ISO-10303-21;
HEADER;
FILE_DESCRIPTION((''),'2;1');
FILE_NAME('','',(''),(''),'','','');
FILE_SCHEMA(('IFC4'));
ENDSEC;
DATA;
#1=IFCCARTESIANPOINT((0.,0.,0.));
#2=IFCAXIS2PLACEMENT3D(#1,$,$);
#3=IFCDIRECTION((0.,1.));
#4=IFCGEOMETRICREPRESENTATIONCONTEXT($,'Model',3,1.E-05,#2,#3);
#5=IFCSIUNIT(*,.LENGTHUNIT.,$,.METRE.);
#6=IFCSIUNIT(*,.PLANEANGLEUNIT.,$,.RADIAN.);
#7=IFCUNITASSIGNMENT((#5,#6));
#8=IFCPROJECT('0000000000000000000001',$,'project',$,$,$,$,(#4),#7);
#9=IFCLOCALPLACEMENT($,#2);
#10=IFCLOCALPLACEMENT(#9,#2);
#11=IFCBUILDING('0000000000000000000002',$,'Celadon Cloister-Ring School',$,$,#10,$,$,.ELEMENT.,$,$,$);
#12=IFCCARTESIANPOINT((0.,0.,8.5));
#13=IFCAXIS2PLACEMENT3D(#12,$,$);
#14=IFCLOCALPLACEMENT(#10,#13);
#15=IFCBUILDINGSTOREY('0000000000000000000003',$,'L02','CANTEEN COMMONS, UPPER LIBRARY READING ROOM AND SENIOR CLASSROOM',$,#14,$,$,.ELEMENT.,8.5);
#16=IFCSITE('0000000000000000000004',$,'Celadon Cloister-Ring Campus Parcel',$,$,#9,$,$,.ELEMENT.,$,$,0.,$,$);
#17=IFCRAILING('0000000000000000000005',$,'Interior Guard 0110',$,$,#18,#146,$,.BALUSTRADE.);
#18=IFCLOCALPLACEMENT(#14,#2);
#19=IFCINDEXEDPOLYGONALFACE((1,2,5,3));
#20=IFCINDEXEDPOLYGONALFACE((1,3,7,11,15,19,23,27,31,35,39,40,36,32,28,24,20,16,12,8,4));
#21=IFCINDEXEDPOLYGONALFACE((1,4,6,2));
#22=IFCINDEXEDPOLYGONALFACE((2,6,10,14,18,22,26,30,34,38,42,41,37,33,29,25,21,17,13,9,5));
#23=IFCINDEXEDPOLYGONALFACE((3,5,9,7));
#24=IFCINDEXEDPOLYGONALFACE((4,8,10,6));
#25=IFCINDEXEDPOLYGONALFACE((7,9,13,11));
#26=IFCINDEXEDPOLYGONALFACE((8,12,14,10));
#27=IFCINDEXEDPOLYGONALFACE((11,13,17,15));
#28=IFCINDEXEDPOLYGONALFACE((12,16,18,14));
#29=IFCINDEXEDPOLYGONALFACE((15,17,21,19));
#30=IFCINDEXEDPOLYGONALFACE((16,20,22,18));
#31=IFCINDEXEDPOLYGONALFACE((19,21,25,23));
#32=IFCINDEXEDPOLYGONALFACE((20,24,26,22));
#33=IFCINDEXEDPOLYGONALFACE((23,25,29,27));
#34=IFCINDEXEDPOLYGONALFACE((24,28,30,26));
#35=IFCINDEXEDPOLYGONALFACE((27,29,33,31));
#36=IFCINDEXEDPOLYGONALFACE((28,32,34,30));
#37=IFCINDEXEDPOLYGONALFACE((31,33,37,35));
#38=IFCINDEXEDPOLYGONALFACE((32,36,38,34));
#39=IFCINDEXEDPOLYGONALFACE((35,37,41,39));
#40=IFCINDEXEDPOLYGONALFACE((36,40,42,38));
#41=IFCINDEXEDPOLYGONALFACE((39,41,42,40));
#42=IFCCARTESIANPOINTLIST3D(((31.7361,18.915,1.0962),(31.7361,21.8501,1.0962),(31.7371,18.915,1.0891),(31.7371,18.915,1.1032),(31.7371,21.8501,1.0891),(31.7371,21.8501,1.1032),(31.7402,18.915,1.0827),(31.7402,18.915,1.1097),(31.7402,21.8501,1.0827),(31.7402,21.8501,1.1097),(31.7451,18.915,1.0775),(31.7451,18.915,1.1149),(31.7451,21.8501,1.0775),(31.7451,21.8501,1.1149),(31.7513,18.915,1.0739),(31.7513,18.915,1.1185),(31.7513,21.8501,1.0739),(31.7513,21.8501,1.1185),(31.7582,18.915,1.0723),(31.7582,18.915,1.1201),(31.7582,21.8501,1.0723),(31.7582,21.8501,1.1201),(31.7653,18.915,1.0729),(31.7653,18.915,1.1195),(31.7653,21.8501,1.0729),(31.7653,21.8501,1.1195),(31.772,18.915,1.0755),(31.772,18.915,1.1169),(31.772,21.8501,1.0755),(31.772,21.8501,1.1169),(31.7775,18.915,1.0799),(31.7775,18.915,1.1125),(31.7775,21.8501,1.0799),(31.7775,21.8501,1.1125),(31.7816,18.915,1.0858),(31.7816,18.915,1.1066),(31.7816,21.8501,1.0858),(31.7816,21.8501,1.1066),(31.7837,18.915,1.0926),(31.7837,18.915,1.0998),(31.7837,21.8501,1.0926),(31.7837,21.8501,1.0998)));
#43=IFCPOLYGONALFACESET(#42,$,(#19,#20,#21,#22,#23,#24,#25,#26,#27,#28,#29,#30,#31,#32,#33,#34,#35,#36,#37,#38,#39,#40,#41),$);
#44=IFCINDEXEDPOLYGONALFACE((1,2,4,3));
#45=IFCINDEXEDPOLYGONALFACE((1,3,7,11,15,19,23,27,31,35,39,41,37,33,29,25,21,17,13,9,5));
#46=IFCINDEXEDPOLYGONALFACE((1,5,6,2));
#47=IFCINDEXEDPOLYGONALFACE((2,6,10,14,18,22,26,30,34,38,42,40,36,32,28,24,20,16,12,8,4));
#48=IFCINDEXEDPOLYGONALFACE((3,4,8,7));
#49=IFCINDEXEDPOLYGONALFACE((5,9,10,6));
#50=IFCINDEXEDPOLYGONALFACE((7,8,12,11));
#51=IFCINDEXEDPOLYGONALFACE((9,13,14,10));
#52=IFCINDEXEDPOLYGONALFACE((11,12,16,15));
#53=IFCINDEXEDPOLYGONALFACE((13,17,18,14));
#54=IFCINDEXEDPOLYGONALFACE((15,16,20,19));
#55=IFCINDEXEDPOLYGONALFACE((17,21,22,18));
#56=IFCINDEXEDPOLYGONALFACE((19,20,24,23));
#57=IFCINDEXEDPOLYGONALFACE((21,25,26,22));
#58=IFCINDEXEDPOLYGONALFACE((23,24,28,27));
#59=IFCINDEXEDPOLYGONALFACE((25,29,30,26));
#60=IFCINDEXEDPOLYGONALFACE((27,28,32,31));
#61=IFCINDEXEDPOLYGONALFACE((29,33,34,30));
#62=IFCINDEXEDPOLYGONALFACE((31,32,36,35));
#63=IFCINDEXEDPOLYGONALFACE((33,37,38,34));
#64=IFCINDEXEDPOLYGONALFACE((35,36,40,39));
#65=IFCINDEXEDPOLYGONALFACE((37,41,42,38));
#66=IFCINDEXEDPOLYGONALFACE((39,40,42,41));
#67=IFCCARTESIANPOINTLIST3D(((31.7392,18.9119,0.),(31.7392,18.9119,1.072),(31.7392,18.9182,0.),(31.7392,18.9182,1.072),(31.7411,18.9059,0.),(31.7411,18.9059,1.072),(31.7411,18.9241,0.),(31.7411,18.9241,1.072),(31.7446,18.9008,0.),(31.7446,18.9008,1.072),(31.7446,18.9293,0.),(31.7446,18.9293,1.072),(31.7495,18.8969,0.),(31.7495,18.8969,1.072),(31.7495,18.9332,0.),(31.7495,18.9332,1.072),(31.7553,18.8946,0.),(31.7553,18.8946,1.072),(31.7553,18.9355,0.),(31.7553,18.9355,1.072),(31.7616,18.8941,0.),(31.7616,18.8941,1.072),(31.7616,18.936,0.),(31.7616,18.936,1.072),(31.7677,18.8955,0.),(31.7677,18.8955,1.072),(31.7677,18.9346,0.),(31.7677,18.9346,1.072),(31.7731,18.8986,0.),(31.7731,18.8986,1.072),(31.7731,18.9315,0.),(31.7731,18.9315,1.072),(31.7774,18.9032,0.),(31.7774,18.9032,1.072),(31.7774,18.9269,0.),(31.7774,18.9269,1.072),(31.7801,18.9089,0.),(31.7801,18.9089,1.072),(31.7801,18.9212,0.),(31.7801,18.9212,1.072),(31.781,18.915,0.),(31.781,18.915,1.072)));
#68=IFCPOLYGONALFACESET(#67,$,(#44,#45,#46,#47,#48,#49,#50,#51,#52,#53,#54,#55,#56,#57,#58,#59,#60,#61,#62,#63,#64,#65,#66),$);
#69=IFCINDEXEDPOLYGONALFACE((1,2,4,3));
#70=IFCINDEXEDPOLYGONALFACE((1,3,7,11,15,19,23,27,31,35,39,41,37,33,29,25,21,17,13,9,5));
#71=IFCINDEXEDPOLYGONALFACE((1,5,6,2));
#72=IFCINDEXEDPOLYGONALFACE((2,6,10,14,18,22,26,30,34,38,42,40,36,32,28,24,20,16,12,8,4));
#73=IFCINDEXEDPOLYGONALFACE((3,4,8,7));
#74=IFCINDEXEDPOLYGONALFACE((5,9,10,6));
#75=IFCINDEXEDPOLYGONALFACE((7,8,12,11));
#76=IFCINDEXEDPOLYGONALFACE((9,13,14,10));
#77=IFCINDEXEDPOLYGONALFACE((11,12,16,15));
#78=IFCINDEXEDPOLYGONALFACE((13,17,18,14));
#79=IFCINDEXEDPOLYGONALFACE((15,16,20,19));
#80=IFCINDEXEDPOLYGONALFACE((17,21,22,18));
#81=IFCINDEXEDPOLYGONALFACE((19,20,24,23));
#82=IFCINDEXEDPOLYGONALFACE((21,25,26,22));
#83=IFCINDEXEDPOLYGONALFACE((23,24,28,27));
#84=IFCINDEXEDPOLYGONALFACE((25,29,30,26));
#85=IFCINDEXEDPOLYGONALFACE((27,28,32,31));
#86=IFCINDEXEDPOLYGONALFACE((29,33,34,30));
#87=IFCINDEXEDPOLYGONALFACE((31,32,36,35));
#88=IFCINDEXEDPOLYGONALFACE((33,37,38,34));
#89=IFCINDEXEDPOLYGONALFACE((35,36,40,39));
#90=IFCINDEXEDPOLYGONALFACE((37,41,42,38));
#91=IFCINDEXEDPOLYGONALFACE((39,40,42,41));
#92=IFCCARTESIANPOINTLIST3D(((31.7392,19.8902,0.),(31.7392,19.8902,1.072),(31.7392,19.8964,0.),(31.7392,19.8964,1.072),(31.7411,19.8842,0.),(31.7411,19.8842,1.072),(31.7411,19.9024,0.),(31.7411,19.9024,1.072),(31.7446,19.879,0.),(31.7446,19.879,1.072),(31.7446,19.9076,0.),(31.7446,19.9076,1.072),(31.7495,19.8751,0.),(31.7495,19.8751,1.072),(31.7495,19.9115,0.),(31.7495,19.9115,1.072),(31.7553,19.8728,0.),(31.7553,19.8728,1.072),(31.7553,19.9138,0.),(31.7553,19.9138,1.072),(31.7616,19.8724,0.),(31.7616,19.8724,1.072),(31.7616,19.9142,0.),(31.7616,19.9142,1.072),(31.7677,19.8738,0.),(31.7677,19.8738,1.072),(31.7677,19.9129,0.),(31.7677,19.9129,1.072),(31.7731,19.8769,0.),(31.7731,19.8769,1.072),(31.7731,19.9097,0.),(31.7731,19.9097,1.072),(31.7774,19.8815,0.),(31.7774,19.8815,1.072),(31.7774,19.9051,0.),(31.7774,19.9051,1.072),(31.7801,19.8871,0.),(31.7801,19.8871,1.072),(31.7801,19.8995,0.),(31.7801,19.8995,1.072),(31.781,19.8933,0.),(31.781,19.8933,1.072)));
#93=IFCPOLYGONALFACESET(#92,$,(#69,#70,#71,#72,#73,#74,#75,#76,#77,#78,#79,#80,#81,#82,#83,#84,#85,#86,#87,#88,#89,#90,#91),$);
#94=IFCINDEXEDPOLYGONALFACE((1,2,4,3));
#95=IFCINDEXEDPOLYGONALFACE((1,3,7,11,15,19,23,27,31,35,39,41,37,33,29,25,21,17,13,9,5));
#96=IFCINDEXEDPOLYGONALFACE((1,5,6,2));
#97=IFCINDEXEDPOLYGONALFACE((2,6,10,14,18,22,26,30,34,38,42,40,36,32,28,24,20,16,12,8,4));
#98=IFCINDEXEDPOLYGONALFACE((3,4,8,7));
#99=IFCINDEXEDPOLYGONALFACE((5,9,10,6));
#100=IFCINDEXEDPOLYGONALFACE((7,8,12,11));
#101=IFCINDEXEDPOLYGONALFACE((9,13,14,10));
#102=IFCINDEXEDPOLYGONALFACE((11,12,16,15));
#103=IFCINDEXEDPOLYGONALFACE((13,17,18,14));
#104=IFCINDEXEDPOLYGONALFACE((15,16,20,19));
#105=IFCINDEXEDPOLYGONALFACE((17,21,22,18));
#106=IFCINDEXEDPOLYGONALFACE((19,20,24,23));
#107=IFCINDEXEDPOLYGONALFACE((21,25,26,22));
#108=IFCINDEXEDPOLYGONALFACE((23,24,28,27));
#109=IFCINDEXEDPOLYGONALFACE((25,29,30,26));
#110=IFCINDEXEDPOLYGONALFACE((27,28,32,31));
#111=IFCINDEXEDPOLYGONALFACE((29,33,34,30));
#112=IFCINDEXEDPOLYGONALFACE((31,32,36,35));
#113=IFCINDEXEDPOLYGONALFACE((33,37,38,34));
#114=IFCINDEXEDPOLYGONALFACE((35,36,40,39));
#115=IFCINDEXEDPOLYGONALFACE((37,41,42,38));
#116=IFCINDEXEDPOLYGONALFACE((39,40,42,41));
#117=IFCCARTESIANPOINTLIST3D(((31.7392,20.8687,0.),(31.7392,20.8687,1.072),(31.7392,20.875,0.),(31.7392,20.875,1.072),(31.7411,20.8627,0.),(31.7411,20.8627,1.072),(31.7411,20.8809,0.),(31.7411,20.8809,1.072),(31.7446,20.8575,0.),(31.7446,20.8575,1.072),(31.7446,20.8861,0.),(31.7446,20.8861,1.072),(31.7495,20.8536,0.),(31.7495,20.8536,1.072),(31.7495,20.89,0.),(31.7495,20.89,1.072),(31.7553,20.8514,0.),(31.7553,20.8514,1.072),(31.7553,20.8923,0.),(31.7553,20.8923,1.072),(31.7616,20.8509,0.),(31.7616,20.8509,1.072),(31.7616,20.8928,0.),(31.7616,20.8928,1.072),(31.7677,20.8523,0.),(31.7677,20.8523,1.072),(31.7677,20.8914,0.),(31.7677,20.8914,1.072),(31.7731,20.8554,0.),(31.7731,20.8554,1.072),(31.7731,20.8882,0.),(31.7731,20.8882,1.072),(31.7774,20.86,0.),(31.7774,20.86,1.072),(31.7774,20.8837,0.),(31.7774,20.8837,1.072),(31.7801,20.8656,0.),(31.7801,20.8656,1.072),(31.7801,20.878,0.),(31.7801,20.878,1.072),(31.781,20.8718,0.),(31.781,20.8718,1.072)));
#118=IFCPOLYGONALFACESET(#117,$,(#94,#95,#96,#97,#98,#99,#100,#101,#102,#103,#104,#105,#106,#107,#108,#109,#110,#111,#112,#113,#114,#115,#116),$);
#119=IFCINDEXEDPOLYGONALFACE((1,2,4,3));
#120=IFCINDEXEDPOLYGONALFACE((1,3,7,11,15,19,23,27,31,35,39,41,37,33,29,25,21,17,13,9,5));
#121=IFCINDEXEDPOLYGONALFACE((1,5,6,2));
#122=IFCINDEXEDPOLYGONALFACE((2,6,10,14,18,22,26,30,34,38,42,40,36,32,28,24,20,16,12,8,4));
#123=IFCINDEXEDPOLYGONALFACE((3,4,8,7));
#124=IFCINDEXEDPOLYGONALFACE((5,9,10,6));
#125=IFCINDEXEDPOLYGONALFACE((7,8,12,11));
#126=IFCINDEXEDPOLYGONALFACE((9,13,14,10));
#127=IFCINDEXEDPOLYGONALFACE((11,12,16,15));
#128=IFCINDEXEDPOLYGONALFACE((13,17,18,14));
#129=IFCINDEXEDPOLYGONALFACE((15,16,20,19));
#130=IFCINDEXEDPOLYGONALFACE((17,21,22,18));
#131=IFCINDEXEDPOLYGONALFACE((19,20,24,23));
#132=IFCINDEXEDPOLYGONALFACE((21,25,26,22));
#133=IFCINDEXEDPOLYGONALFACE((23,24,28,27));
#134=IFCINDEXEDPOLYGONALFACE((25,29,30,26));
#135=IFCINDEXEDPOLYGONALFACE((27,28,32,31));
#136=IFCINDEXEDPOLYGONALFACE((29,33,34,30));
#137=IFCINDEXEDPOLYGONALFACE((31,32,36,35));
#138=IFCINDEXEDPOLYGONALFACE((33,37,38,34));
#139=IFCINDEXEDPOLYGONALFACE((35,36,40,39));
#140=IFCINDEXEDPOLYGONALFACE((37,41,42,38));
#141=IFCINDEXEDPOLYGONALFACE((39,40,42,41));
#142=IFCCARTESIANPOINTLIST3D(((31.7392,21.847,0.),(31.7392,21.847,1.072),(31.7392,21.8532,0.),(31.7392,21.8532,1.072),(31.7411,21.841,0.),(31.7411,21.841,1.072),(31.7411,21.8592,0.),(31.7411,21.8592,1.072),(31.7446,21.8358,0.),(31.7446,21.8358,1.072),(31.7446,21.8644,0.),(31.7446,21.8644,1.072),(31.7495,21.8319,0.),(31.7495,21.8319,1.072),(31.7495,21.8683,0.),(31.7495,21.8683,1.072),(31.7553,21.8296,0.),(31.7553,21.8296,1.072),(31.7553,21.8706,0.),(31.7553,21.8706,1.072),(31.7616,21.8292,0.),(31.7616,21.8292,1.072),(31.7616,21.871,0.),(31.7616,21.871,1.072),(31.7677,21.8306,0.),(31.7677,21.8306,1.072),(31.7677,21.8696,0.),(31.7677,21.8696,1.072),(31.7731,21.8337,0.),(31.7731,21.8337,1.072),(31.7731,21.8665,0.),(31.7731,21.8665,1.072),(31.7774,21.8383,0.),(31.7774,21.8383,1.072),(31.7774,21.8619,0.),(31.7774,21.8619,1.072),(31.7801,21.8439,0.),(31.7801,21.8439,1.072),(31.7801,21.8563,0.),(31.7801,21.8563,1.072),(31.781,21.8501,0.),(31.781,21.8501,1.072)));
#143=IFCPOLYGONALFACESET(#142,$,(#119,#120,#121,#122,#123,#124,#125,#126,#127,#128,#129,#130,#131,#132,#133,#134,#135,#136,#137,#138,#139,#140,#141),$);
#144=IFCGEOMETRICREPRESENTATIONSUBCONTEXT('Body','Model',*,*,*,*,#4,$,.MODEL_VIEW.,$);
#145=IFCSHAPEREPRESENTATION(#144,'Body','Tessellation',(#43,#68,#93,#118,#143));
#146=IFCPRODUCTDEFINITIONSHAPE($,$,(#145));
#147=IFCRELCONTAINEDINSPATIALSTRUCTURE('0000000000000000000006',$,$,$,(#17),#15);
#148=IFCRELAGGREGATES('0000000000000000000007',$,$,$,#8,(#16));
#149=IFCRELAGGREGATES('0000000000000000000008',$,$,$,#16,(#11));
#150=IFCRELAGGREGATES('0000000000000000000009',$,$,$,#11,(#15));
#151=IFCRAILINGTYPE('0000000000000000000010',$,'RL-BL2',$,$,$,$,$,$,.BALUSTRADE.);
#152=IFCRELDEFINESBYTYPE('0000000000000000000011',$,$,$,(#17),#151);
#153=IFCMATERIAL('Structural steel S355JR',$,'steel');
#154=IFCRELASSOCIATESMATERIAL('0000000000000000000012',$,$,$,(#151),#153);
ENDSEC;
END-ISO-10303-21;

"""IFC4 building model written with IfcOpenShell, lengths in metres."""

from ifc_helpers import new_model, si_unit, direction, frame, origin, origin_2d, place, context, subcontext, project, spatial, circle, extrude, material, type_object, element, save


model = new_model("IFC4")

# Units and contexts
model_context = context("Model", 3, precision=1e-05, world=origin(), true_north=direction((0.0, 1.0)))
body_context = subcontext(model_context, "Body", "Model", "MODEL_VIEW")
ifc_project = project(units=[si_unit("LENGTHUNIT", "METRE"), si_unit("PLANEANGLEUNIT", "RADIAN")], contexts=[model_context])

# Site, building, storey
site_placement = place(None, origin())
site = spatial("IfcSite", under=ifc_project, at=site_placement, Name="Celadon Cloister-Ring Campus Parcel", CompositionType="ELEMENT", RefElevation=0.0)
building_placement = place(site_placement, origin())
building = spatial("IfcBuilding", under=site, at=building_placement, Name="Celadon Cloister-Ring School", CompositionType="ELEMENT")
storey_placement = place(building_placement, frame((0.0, 0.0, 8.5)))
storey = spatial("IfcBuildingStorey", under=building, at=storey_placement, Name="L02", Description="CANTEEN COMMONS, UPPER LIBRARY READING ROOM AND SENIOR CLASSROOM", CompositionType="ELEMENT", Elevation=8.5)

# Railing
ifc_material_1 = material(Name="Structural steel S355JR", Category="steel")
railing_type_1 = type_object("IfcRailingType", Name="RL-BL2", PredefinedType="BALUSTRADE", material=ifc_material_1)
railing_1_placement = place(storey_placement, frame((31.76, 18.915, 0.0)))
element("IfcRailing", 1, at=railing_1_placement, inside=storey, type_object=railing_type_1, Name="Interior Guard 0110", PredefinedType="BALUSTRADE", context=body_context, shape_type="SweptSolid", body=[
    extrude(circle(Radius=0.0239, at=origin_2d()), frame((0.0, 0.0, 1.0962), z_axis=(0.0, 1.0, 0.0), x_axis=(-1.0, 0.0, 0.0)), (0.0, 0.0, 1.0), 2.9351),
    extrude(circle(Radius=0.021, at=origin_2d()), origin(), (0.0, 0.0, 1.0), 1.072),
    extrude(circle(Radius=0.021, at=origin_2d()), frame((0.0, 0.9783, 0.0)), (0.0, 0.0, 1.0), 1.072),
    extrude(circle(Radius=0.021, at=origin_2d()), frame((0.0, 1.9568, 0.0)), (0.0, 0.0, 1.0), 1.072),
    extrude(circle(Radius=0.021, at=origin_2d()), frame((0.0, 2.9351, 0.0)), (0.0, 0.0, 1.0), 1.072),
])

save(model, "model.ifc")
